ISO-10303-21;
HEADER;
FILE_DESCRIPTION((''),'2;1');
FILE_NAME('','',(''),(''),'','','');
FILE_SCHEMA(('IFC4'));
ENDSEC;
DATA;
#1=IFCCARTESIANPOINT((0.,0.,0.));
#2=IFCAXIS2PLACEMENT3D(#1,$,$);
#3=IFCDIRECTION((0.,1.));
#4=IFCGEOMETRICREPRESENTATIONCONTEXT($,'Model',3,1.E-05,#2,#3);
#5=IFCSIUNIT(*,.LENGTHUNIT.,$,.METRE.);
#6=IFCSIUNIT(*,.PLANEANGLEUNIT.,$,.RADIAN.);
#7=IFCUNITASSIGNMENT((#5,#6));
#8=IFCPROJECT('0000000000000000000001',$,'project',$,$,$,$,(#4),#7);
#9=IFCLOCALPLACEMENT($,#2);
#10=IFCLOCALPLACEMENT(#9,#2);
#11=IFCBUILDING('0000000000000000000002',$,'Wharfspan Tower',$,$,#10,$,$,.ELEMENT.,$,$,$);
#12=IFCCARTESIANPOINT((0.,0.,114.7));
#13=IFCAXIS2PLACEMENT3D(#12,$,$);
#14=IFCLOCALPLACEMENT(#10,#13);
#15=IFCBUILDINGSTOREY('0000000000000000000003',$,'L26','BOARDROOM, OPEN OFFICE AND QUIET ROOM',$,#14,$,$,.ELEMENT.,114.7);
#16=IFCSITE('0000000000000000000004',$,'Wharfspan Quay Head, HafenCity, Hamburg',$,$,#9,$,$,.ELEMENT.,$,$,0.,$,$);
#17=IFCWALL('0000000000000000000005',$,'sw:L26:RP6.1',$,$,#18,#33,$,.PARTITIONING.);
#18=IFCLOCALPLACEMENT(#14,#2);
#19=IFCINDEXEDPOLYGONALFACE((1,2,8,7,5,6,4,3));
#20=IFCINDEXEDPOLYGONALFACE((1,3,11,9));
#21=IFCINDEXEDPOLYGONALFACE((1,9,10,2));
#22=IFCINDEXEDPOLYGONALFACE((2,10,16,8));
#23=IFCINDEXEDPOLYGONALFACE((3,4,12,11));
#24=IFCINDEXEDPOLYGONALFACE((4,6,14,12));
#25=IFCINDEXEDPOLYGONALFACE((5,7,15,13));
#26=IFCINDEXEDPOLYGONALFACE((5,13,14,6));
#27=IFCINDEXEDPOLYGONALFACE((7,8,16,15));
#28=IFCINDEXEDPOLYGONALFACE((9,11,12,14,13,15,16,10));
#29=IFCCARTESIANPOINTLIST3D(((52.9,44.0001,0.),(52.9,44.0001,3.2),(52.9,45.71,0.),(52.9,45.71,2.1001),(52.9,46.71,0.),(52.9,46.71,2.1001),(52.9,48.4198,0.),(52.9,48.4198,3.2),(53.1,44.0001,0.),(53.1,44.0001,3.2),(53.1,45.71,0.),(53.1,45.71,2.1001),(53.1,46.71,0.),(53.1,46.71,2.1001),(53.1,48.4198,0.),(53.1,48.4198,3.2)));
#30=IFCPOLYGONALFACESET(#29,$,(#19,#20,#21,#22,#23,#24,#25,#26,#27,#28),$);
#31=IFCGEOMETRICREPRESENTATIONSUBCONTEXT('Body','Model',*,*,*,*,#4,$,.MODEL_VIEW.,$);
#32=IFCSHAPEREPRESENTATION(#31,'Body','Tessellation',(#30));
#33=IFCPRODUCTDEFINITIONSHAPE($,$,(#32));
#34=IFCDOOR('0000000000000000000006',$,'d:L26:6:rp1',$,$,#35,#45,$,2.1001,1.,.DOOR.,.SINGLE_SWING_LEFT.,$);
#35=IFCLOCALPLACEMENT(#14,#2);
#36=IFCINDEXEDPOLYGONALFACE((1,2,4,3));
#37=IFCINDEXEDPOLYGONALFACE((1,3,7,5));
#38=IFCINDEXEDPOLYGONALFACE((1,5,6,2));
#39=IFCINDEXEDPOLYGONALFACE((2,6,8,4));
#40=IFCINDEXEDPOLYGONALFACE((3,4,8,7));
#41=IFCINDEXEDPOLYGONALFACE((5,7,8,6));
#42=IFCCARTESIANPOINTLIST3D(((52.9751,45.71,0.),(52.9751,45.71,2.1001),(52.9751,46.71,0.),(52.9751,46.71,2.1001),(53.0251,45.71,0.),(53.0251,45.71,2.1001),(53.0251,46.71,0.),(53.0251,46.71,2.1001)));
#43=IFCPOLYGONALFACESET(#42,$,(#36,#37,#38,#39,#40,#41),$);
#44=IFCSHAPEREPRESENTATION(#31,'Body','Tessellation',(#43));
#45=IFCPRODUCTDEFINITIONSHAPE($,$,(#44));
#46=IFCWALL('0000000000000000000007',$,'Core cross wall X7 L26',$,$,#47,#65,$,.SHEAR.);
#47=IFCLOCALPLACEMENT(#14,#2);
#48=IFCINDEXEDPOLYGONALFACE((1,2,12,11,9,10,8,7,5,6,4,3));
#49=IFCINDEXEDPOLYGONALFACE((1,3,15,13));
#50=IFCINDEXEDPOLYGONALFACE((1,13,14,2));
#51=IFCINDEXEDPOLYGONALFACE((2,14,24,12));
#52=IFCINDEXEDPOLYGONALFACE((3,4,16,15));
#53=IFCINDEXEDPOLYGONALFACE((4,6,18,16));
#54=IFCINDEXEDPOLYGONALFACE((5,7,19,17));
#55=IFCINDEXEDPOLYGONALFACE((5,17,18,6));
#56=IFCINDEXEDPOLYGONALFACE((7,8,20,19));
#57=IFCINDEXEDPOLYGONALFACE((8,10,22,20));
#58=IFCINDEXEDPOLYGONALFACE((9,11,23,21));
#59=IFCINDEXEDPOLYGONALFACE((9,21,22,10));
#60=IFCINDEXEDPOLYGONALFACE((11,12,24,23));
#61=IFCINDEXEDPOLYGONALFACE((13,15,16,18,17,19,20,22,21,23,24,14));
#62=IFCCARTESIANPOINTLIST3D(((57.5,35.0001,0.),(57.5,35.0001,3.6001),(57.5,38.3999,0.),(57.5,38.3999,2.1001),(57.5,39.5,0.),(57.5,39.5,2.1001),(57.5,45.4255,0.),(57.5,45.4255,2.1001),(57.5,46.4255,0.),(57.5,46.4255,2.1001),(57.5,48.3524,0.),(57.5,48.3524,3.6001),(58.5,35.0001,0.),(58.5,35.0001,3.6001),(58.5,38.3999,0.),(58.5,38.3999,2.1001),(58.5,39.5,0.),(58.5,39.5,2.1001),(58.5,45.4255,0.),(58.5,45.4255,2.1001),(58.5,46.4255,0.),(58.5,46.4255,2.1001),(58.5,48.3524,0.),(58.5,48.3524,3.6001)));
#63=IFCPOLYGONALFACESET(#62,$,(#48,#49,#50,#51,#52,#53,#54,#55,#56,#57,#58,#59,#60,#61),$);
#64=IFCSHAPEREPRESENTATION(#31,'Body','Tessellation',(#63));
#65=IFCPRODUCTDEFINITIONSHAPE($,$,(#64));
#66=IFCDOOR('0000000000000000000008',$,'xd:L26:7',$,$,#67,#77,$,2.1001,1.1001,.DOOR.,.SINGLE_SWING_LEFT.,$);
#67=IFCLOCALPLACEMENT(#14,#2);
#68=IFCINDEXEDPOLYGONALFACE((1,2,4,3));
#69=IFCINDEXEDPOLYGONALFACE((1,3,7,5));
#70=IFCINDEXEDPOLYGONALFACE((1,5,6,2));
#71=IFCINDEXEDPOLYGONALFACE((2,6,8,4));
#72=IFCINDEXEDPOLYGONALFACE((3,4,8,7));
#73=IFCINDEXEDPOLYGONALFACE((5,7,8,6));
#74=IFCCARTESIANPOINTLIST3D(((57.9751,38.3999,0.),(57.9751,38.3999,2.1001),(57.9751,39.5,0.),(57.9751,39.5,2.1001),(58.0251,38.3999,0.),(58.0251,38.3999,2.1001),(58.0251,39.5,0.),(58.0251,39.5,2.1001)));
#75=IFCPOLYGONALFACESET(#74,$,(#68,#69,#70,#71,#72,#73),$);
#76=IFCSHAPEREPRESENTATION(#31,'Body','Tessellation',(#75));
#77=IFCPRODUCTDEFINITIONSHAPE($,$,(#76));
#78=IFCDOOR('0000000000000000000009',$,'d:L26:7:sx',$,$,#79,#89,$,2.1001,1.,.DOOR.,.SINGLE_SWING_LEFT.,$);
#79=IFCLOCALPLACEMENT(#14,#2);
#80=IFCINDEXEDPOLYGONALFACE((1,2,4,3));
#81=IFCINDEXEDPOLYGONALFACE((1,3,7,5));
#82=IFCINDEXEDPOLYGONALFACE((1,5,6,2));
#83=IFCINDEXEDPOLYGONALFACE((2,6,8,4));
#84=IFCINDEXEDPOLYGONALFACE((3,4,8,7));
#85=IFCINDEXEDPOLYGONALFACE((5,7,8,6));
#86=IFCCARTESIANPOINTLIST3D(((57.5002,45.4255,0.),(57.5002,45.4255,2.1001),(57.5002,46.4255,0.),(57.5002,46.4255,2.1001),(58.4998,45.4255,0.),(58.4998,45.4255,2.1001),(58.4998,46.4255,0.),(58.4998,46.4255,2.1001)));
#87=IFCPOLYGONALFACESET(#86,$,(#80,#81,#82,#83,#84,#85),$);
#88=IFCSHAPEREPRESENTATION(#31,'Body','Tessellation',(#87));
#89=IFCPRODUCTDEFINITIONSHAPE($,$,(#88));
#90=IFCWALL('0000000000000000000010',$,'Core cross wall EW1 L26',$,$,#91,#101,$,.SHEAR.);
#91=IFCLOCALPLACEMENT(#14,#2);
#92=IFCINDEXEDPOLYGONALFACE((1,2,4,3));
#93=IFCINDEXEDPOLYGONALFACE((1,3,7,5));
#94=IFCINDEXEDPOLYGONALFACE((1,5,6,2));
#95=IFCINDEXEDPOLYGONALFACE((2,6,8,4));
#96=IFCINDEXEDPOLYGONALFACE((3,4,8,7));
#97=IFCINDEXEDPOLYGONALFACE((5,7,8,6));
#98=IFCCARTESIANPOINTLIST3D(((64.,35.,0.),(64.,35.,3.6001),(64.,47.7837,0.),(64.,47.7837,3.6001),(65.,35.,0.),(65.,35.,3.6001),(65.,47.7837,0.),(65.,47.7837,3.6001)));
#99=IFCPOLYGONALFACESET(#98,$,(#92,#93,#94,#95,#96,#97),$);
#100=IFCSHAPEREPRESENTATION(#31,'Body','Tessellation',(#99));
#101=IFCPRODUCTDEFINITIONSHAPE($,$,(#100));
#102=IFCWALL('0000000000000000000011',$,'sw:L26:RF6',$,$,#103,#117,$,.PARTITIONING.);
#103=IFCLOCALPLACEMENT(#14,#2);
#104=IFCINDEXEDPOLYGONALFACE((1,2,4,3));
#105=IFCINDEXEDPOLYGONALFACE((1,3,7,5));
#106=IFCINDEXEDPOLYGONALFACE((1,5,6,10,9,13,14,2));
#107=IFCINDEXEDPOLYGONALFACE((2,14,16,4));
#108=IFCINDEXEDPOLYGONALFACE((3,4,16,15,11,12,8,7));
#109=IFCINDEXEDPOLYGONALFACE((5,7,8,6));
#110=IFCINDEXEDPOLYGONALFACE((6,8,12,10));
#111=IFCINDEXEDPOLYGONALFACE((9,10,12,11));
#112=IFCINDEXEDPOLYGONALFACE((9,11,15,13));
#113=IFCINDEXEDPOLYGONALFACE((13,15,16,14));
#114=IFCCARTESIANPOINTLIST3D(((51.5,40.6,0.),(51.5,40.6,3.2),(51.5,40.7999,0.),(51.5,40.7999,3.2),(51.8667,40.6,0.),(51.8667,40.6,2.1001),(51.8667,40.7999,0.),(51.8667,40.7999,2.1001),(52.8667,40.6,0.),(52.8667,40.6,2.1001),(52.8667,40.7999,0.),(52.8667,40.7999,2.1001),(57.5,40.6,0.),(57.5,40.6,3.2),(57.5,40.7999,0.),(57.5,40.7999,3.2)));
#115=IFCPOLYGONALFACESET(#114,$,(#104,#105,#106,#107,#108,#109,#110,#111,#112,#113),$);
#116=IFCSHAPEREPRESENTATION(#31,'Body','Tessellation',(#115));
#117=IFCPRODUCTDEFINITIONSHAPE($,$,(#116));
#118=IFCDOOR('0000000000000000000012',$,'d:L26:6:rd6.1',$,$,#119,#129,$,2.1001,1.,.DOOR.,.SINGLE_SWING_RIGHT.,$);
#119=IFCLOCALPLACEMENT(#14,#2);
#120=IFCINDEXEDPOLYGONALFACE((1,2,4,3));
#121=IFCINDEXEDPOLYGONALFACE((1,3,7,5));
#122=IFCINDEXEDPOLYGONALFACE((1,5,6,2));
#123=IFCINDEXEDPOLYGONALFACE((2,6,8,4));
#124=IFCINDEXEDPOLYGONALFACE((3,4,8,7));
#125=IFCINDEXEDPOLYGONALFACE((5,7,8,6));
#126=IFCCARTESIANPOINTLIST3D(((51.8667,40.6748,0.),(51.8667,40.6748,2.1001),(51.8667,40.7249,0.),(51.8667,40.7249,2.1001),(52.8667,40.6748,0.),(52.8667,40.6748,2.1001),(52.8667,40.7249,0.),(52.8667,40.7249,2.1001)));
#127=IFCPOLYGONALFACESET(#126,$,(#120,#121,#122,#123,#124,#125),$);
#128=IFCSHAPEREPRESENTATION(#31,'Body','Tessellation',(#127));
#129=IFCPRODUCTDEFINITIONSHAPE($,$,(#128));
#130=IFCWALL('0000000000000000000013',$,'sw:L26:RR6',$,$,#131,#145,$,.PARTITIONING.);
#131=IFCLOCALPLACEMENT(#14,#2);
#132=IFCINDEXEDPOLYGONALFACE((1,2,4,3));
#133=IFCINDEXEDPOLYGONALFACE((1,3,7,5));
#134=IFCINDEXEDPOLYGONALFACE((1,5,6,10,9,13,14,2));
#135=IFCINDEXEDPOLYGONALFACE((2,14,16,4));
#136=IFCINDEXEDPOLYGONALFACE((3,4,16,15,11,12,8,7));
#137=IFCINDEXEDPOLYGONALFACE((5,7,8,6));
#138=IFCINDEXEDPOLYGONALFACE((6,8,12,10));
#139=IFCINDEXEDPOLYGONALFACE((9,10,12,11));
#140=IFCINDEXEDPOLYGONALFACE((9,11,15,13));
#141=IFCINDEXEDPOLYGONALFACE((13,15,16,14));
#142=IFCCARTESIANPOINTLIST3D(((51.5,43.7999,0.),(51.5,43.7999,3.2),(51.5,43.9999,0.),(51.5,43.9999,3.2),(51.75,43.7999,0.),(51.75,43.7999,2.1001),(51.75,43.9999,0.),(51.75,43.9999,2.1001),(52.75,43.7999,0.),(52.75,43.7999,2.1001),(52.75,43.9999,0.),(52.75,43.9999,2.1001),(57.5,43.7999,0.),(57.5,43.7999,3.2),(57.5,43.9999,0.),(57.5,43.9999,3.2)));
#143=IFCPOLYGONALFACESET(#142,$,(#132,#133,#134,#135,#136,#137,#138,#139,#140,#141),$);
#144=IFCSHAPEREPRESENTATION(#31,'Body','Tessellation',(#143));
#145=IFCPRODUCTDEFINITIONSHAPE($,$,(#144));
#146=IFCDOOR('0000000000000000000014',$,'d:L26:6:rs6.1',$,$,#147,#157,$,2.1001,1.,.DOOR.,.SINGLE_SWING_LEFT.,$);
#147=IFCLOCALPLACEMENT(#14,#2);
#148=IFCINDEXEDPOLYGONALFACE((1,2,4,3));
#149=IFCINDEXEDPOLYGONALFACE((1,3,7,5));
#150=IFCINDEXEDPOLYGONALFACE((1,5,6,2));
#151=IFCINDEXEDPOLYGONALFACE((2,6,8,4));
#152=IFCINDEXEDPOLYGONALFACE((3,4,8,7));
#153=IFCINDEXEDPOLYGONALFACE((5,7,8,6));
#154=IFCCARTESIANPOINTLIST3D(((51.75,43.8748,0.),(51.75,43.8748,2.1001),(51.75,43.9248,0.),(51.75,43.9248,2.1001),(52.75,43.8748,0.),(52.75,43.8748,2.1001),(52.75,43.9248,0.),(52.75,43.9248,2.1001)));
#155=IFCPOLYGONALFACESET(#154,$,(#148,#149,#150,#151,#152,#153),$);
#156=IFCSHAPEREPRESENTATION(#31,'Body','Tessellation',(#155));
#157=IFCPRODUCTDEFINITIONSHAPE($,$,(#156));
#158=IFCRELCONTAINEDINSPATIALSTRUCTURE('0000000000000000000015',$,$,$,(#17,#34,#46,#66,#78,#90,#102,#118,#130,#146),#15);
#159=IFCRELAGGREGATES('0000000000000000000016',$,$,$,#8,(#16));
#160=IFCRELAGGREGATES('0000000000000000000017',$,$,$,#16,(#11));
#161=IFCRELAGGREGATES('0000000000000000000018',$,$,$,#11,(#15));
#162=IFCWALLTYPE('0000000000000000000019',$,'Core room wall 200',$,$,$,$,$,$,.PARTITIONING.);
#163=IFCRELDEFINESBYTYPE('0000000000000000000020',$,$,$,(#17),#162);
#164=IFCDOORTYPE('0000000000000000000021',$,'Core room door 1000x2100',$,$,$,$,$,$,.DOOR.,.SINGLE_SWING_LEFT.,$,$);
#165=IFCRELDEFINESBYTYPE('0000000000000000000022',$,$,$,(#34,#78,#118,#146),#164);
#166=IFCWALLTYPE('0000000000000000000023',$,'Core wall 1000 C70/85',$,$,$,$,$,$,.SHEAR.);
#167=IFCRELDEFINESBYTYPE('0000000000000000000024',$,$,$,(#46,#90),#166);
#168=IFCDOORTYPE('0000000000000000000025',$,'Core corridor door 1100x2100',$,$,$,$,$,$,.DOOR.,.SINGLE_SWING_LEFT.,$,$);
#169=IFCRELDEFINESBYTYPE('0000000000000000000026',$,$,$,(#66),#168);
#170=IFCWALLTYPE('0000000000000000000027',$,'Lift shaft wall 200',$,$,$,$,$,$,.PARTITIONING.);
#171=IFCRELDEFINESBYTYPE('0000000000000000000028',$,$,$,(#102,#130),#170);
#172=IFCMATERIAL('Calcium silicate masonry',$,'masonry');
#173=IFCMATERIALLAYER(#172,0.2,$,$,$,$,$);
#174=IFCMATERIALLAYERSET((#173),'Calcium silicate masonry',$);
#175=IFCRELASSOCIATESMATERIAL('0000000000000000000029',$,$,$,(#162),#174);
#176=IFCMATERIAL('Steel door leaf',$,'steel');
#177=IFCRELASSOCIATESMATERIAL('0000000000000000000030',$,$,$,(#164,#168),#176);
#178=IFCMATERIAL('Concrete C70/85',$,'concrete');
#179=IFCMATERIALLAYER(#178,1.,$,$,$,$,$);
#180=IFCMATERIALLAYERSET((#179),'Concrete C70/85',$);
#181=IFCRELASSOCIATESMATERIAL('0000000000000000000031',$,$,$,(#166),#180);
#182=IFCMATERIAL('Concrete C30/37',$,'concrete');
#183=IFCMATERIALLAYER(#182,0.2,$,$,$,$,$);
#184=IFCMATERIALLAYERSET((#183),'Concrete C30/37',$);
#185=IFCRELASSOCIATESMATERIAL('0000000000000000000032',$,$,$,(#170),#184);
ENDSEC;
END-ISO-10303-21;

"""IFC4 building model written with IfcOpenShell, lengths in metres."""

from ifc_helpers import new_model, si_unit, direction, frame, frame_2d, origin, place, context, subcontext, project, spatial, rectangle, extrude, material, layer, layer_set, type_object, element, fill, save


model = new_model("IFC4")

# Units and contexts
model_context = context("Model", 3, precision=1e-05, world=origin(), true_north=direction((0.0, 1.0)))
body_context = subcontext(model_context, "Body", "Model", "MODEL_VIEW")
ifc_project = project(units=[si_unit("LENGTHUNIT", "METRE"), si_unit("PLANEANGLEUNIT", "RADIAN")], contexts=[model_context])

# Site, building, storey
site_placement = place(None, origin())
site = spatial("IfcSite", under=ifc_project, at=site_placement, Name="Wharfspan Quay Head, HafenCity, Hamburg", CompositionType="ELEMENT", RefElevation=0.0)
building_placement = place(site_placement, origin())
building = spatial("IfcBuilding", under=site, at=building_placement, Name="Wharfspan Tower", CompositionType="ELEMENT")
storey_placement = place(building_placement, frame((0.0, 0.0, 114.7)))
storey = spatial("IfcBuildingStorey", under=building, at=storey_placement, Name="L26", Description="BOARDROOM, OPEN OFFICE AND QUIET ROOM", CompositionType="ELEMENT", Elevation=114.7)

# Shared definitions
ifc_material_1 = material(Name="Concrete C70/85", Category="concrete")

# Wall, opening, door
ifc_material_2 = material(Name="Calcium silicate masonry", Category="masonry")
ifc_layer_1 = layer(ifc_material_2, 0.2)
ifc_layer_set_1 = layer_set([ifc_layer_1], Name="Calcium silicate masonry")
wall_type_1 = type_object("IfcWallType", Name="Core room wall 200", PredefinedType="PARTITIONING", material=ifc_layer_set_1)
wall_1_placement = place(storey_placement, frame((53.0, 44.0, 0.0), z_axis=(0.0, 0.0, 1.0), x_axis=(0.0, 1.0, 0.0)))
wall_1 = element("IfcWall", 1, at=wall_1_placement, inside=storey, type_object=wall_type_1, Name="sw:L26:RP6.1", PredefinedType="PARTITIONING", context=body_context, shape_type="SweptSolid", body=[
    extrude(rectangle(XDim=4.4197, YDim=0.2, at=frame_2d((2.21, 0.0))), origin(), (0.0, 0.0, 1.0), 3.2),
])
opening_1_placement = place(wall_1_placement, frame((1.71, 0.0, 0.0)))
opening_1 = element("IfcOpeningElement", 2, at=opening_1_placement, cuts=wall_1, PredefinedType="OPENING", context=body_context, shape_type="SweptSolid", body=[
    extrude(rectangle(XDim=1.0, YDim=2.1001, at=frame_2d((0.5, 1.05))), frame((0.0, 0.1099, 0.0), z_axis=(0.0, -1.0, 0.0), x_axis=(1.0, 0.0, 0.0)), (0.0, 0.0, 1.0), 0.22),
])
ifc_material_3 = material(Name="Steel door leaf", Category="steel")
door_type_1 = type_object("IfcDoorType", Name="Core room door 1000x2100", OperationType="SINGLE_SWING_LEFT", PredefinedType="DOOR", material=ifc_material_3)
door_1_placement = place(opening_1_placement, origin())
door_1 = element("IfcDoor", 3, at=door_1_placement, inside=storey, type_object=door_type_1, Name="d:L26:6:rp1", OperationType="SINGLE_SWING_LEFT", OverallHeight=2.1001, OverallWidth=1.0, PredefinedType="DOOR", context=body_context, shape_type="SweptSolid", body=[
    extrude(rectangle(XDim=1.0, YDim=2.1001, at=frame_2d((0.5, 1.05))), frame((0.0, 0.0249, 0.0), z_axis=(0.0, -1.0, 0.0), x_axis=(1.0, 0.0, 0.0)), (0.0, 0.0, 1.0), 0.05),
])
fill(opening_1, door_1)

# Wall, openings, doors
ifc_layer_2 = layer(ifc_material_1, 1.0)
ifc_layer_set_2 = layer_set([ifc_layer_2], Name="Concrete C70/85")
wall_type_2 = type_object("IfcWallType", Name="Core wall 1000 C70/85", PredefinedType="SHEAR", material=ifc_layer_set_2)
wall_2_placement = place(storey_placement, frame((58.0, 35.0, 0.0), z_axis=(0.0, 0.0, 1.0), x_axis=(0.0, 1.0, 0.0)))
wall_2 = element("IfcWall", 4, at=wall_2_placement, inside=storey, type_object=wall_type_2, Name="Core cross wall X7 L26", PredefinedType="SHEAR", context=body_context, shape_type="SweptSolid", body=[
    extrude(rectangle(XDim=13.3523, YDim=1.0, at=frame_2d((6.6763, 0.0))), origin(), (0.0, 0.0, 1.0), 3.6001),
])
opening_2_placement = place(wall_2_placement, frame((10.4255, 0.0, 0.0)))
opening_2 = element("IfcOpeningElement", 5, at=opening_2_placement, cuts=wall_2, PredefinedType="OPENING", context=body_context, shape_type="SweptSolid", body=[
    extrude(rectangle(XDim=1.0, YDim=2.1001, at=frame_2d((0.5, 1.05))), frame((0.0, 0.51, 0.0), z_axis=(0.0, -1.0, 0.0), x_axis=(1.0, 0.0, 0.0)), (0.0, 0.0, 1.0), 1.02),
])
opening_3_placement = place(wall_2_placement, frame((3.3999, 0.0, 0.0)))
opening_3 = element("IfcOpeningElement", 6, at=opening_3_placement, cuts=wall_2, PredefinedType="OPENING", context=body_context, shape_type="SweptSolid", body=[
    extrude(rectangle(XDim=1.1001, YDim=2.1001, at=frame_2d((0.55, 1.05))), frame((0.0, 0.51, 0.0), z_axis=(0.0, -1.0, 0.0), x_axis=(1.0, 0.0, 0.0)), (0.0, 0.0, 1.0), 1.02),
])
door_type_2 = type_object("IfcDoorType", Name="Core corridor door 1100x2100", OperationType="SINGLE_SWING_LEFT", PredefinedType="DOOR", material=ifc_material_3)
door_2_placement = place(opening_3_placement, origin())
door_2 = element("IfcDoor", 7, at=door_2_placement, inside=storey, type_object=door_type_2, Name="xd:L26:7", OperationType="SINGLE_SWING_LEFT", OverallHeight=2.1001, OverallWidth=1.1001, PredefinedType="DOOR", context=body_context, shape_type="SweptSolid", body=[
    extrude(rectangle(XDim=1.1001, YDim=2.1001, at=frame_2d((0.55, 1.05))), frame((0.0, 0.0249, 0.0), z_axis=(0.0, -1.0, 0.0), x_axis=(1.0, 0.0, 0.0)), (0.0, 0.0, 1.0), 0.05),
])
fill(opening_3, door_2)
door_3_placement = place(opening_2_placement, origin())
door_3 = element("IfcDoor", 8, at=door_3_placement, inside=storey, type_object=door_type_1, Name="d:L26:7:sx", OperationType="SINGLE_SWING_LEFT", OverallHeight=2.1001, OverallWidth=1.0, PredefinedType="DOOR", context=body_context, shape_type="SweptSolid", body=[
    extrude(rectangle(XDim=1.0, YDim=2.1001, at=frame_2d((0.5, 1.05))), frame((0.0, 0.4998, 0.0), z_axis=(0.0, -1.0, 0.0), x_axis=(1.0, 0.0, 0.0)), (0.0, 0.0, 1.0), 0.9995),
])
fill(opening_2, door_3)

# Wall
wall_3_placement = place(storey_placement, frame((64.5, 35.0, 0.0), z_axis=(0.0, 0.0, 1.0), x_axis=(0.0, 1.0, 0.0)))
element("IfcWall", 9, at=wall_3_placement, inside=storey, type_object=wall_type_2, Name="Core cross wall EW1 L26", PredefinedType="SHEAR", context=body_context, shape_type="SweptSolid", body=[
    extrude(rectangle(XDim=12.7837, YDim=1.0, at=frame_2d((6.3918, 0.0))), origin(), (0.0, 0.0, 1.0), 3.6001),
])

# Walls, openings, doors
ifc_material_4 = material(Name="Concrete C30/37", Category="concrete")
ifc_layer_3 = layer(ifc_material_4, 0.2)
ifc_layer_set_3 = layer_set([ifc_layer_3], Name="Concrete C30/37")
wall_type_3 = type_object("IfcWallType", Name="Lift shaft wall 200", PredefinedType="PARTITIONING", material=ifc_layer_set_3)
wall_4_placement = place(storey_placement, frame((51.5, 40.7, 0.0), z_axis=(0.0, 0.0, 1.0), x_axis=(1.0, 0.0, 0.0)))
wall_4 = element("IfcWall", 10, at=wall_4_placement, inside=storey, type_object=wall_type_3, Name="sw:L26:RF6", PredefinedType="PARTITIONING", context=body_context, shape_type="SweptSolid", body=[
    extrude(rectangle(XDim=6.0, YDim=0.2, at=frame_2d((3.0, 0.0))), origin(), (0.0, 0.0, 1.0), 3.2),
])
opening_4_placement = place(wall_4_placement, frame((0.3667, 0.0, 0.0)))
opening_4 = element("IfcOpeningElement", 11, at=opening_4_placement, cuts=wall_4, PredefinedType="OPENING", context=body_context, shape_type="SweptSolid", body=[
    extrude(rectangle(XDim=1.0, YDim=2.1001, at=frame_2d((0.5, 1.05))), frame((0.0, 0.1099, 0.0), z_axis=(0.0, -1.0, 0.0), x_axis=(1.0, 0.0, 0.0)), (0.0, 0.0, 1.0), 0.22),
])
door_4_placement = place(opening_4_placement, origin())
door_4 = element("IfcDoor", 12, at=door_4_placement, inside=storey, type_object=door_type_1, Name="d:L26:6:rd6.1", OperationType="SINGLE_SWING_RIGHT", OverallHeight=2.1001, OverallWidth=1.0, PredefinedType="DOOR", context=body_context, shape_type="SweptSolid", body=[
    extrude(rectangle(XDim=1.0, YDim=2.1001, at=frame_2d((0.5, 1.05))), frame((0.0, 0.0249, 0.0), z_axis=(0.0, -1.0, 0.0), x_axis=(1.0, 0.0, 0.0)), (0.0, 0.0, 1.0), 0.05),
])
fill(opening_4, door_4)
wall_5_placement = place(storey_placement, frame((51.5, 43.8999, 0.0), z_axis=(0.0, 0.0, 1.0), x_axis=(1.0, 0.0, 0.0)))
wall_5 = element("IfcWall", 13, at=wall_5_placement, inside=storey, type_object=wall_type_3, Name="sw:L26:RR6", PredefinedType="PARTITIONING", context=body_context, shape_type="SweptSolid", body=[
    extrude(rectangle(XDim=6.0, YDim=0.2, at=frame_2d((3.0, 0.0))), origin(), (0.0, 0.0, 1.0), 3.2),
])
opening_5_placement = place(wall_5_placement, frame((0.25, 0.0, 0.0)))
opening_5 = element("IfcOpeningElement", 14, at=opening_5_placement, cuts=wall_5, PredefinedType="OPENING", context=body_context, shape_type="SweptSolid", body=[
    extrude(rectangle(XDim=1.0, YDim=2.1001, at=frame_2d((0.5, 1.05))), frame((0.0, 0.1099, 0.0), z_axis=(0.0, -1.0, 0.0), x_axis=(1.0, 0.0, 0.0)), (0.0, 0.0, 1.0), 0.22),
])
door_5_placement = place(opening_5_placement, origin())
door_5 = element("IfcDoor", 15, at=door_5_placement, inside=storey, type_object=door_type_1, Name="d:L26:6:rs6.1", OperationType="SINGLE_SWING_LEFT", OverallHeight=2.1001, OverallWidth=1.0, PredefinedType="DOOR", context=body_context, shape_type="SweptSolid", body=[
    extrude(rectangle(XDim=1.0, YDim=2.1001, at=frame_2d((0.5, 1.05))), frame((0.0, 0.0249, 0.0), z_axis=(0.0, -1.0, 0.0), x_axis=(1.0, 0.0, 0.0)), (0.0, 0.0, 1.0), 0.05),
])
fill(opening_5, door_5)

save(model, "model.ifc")
